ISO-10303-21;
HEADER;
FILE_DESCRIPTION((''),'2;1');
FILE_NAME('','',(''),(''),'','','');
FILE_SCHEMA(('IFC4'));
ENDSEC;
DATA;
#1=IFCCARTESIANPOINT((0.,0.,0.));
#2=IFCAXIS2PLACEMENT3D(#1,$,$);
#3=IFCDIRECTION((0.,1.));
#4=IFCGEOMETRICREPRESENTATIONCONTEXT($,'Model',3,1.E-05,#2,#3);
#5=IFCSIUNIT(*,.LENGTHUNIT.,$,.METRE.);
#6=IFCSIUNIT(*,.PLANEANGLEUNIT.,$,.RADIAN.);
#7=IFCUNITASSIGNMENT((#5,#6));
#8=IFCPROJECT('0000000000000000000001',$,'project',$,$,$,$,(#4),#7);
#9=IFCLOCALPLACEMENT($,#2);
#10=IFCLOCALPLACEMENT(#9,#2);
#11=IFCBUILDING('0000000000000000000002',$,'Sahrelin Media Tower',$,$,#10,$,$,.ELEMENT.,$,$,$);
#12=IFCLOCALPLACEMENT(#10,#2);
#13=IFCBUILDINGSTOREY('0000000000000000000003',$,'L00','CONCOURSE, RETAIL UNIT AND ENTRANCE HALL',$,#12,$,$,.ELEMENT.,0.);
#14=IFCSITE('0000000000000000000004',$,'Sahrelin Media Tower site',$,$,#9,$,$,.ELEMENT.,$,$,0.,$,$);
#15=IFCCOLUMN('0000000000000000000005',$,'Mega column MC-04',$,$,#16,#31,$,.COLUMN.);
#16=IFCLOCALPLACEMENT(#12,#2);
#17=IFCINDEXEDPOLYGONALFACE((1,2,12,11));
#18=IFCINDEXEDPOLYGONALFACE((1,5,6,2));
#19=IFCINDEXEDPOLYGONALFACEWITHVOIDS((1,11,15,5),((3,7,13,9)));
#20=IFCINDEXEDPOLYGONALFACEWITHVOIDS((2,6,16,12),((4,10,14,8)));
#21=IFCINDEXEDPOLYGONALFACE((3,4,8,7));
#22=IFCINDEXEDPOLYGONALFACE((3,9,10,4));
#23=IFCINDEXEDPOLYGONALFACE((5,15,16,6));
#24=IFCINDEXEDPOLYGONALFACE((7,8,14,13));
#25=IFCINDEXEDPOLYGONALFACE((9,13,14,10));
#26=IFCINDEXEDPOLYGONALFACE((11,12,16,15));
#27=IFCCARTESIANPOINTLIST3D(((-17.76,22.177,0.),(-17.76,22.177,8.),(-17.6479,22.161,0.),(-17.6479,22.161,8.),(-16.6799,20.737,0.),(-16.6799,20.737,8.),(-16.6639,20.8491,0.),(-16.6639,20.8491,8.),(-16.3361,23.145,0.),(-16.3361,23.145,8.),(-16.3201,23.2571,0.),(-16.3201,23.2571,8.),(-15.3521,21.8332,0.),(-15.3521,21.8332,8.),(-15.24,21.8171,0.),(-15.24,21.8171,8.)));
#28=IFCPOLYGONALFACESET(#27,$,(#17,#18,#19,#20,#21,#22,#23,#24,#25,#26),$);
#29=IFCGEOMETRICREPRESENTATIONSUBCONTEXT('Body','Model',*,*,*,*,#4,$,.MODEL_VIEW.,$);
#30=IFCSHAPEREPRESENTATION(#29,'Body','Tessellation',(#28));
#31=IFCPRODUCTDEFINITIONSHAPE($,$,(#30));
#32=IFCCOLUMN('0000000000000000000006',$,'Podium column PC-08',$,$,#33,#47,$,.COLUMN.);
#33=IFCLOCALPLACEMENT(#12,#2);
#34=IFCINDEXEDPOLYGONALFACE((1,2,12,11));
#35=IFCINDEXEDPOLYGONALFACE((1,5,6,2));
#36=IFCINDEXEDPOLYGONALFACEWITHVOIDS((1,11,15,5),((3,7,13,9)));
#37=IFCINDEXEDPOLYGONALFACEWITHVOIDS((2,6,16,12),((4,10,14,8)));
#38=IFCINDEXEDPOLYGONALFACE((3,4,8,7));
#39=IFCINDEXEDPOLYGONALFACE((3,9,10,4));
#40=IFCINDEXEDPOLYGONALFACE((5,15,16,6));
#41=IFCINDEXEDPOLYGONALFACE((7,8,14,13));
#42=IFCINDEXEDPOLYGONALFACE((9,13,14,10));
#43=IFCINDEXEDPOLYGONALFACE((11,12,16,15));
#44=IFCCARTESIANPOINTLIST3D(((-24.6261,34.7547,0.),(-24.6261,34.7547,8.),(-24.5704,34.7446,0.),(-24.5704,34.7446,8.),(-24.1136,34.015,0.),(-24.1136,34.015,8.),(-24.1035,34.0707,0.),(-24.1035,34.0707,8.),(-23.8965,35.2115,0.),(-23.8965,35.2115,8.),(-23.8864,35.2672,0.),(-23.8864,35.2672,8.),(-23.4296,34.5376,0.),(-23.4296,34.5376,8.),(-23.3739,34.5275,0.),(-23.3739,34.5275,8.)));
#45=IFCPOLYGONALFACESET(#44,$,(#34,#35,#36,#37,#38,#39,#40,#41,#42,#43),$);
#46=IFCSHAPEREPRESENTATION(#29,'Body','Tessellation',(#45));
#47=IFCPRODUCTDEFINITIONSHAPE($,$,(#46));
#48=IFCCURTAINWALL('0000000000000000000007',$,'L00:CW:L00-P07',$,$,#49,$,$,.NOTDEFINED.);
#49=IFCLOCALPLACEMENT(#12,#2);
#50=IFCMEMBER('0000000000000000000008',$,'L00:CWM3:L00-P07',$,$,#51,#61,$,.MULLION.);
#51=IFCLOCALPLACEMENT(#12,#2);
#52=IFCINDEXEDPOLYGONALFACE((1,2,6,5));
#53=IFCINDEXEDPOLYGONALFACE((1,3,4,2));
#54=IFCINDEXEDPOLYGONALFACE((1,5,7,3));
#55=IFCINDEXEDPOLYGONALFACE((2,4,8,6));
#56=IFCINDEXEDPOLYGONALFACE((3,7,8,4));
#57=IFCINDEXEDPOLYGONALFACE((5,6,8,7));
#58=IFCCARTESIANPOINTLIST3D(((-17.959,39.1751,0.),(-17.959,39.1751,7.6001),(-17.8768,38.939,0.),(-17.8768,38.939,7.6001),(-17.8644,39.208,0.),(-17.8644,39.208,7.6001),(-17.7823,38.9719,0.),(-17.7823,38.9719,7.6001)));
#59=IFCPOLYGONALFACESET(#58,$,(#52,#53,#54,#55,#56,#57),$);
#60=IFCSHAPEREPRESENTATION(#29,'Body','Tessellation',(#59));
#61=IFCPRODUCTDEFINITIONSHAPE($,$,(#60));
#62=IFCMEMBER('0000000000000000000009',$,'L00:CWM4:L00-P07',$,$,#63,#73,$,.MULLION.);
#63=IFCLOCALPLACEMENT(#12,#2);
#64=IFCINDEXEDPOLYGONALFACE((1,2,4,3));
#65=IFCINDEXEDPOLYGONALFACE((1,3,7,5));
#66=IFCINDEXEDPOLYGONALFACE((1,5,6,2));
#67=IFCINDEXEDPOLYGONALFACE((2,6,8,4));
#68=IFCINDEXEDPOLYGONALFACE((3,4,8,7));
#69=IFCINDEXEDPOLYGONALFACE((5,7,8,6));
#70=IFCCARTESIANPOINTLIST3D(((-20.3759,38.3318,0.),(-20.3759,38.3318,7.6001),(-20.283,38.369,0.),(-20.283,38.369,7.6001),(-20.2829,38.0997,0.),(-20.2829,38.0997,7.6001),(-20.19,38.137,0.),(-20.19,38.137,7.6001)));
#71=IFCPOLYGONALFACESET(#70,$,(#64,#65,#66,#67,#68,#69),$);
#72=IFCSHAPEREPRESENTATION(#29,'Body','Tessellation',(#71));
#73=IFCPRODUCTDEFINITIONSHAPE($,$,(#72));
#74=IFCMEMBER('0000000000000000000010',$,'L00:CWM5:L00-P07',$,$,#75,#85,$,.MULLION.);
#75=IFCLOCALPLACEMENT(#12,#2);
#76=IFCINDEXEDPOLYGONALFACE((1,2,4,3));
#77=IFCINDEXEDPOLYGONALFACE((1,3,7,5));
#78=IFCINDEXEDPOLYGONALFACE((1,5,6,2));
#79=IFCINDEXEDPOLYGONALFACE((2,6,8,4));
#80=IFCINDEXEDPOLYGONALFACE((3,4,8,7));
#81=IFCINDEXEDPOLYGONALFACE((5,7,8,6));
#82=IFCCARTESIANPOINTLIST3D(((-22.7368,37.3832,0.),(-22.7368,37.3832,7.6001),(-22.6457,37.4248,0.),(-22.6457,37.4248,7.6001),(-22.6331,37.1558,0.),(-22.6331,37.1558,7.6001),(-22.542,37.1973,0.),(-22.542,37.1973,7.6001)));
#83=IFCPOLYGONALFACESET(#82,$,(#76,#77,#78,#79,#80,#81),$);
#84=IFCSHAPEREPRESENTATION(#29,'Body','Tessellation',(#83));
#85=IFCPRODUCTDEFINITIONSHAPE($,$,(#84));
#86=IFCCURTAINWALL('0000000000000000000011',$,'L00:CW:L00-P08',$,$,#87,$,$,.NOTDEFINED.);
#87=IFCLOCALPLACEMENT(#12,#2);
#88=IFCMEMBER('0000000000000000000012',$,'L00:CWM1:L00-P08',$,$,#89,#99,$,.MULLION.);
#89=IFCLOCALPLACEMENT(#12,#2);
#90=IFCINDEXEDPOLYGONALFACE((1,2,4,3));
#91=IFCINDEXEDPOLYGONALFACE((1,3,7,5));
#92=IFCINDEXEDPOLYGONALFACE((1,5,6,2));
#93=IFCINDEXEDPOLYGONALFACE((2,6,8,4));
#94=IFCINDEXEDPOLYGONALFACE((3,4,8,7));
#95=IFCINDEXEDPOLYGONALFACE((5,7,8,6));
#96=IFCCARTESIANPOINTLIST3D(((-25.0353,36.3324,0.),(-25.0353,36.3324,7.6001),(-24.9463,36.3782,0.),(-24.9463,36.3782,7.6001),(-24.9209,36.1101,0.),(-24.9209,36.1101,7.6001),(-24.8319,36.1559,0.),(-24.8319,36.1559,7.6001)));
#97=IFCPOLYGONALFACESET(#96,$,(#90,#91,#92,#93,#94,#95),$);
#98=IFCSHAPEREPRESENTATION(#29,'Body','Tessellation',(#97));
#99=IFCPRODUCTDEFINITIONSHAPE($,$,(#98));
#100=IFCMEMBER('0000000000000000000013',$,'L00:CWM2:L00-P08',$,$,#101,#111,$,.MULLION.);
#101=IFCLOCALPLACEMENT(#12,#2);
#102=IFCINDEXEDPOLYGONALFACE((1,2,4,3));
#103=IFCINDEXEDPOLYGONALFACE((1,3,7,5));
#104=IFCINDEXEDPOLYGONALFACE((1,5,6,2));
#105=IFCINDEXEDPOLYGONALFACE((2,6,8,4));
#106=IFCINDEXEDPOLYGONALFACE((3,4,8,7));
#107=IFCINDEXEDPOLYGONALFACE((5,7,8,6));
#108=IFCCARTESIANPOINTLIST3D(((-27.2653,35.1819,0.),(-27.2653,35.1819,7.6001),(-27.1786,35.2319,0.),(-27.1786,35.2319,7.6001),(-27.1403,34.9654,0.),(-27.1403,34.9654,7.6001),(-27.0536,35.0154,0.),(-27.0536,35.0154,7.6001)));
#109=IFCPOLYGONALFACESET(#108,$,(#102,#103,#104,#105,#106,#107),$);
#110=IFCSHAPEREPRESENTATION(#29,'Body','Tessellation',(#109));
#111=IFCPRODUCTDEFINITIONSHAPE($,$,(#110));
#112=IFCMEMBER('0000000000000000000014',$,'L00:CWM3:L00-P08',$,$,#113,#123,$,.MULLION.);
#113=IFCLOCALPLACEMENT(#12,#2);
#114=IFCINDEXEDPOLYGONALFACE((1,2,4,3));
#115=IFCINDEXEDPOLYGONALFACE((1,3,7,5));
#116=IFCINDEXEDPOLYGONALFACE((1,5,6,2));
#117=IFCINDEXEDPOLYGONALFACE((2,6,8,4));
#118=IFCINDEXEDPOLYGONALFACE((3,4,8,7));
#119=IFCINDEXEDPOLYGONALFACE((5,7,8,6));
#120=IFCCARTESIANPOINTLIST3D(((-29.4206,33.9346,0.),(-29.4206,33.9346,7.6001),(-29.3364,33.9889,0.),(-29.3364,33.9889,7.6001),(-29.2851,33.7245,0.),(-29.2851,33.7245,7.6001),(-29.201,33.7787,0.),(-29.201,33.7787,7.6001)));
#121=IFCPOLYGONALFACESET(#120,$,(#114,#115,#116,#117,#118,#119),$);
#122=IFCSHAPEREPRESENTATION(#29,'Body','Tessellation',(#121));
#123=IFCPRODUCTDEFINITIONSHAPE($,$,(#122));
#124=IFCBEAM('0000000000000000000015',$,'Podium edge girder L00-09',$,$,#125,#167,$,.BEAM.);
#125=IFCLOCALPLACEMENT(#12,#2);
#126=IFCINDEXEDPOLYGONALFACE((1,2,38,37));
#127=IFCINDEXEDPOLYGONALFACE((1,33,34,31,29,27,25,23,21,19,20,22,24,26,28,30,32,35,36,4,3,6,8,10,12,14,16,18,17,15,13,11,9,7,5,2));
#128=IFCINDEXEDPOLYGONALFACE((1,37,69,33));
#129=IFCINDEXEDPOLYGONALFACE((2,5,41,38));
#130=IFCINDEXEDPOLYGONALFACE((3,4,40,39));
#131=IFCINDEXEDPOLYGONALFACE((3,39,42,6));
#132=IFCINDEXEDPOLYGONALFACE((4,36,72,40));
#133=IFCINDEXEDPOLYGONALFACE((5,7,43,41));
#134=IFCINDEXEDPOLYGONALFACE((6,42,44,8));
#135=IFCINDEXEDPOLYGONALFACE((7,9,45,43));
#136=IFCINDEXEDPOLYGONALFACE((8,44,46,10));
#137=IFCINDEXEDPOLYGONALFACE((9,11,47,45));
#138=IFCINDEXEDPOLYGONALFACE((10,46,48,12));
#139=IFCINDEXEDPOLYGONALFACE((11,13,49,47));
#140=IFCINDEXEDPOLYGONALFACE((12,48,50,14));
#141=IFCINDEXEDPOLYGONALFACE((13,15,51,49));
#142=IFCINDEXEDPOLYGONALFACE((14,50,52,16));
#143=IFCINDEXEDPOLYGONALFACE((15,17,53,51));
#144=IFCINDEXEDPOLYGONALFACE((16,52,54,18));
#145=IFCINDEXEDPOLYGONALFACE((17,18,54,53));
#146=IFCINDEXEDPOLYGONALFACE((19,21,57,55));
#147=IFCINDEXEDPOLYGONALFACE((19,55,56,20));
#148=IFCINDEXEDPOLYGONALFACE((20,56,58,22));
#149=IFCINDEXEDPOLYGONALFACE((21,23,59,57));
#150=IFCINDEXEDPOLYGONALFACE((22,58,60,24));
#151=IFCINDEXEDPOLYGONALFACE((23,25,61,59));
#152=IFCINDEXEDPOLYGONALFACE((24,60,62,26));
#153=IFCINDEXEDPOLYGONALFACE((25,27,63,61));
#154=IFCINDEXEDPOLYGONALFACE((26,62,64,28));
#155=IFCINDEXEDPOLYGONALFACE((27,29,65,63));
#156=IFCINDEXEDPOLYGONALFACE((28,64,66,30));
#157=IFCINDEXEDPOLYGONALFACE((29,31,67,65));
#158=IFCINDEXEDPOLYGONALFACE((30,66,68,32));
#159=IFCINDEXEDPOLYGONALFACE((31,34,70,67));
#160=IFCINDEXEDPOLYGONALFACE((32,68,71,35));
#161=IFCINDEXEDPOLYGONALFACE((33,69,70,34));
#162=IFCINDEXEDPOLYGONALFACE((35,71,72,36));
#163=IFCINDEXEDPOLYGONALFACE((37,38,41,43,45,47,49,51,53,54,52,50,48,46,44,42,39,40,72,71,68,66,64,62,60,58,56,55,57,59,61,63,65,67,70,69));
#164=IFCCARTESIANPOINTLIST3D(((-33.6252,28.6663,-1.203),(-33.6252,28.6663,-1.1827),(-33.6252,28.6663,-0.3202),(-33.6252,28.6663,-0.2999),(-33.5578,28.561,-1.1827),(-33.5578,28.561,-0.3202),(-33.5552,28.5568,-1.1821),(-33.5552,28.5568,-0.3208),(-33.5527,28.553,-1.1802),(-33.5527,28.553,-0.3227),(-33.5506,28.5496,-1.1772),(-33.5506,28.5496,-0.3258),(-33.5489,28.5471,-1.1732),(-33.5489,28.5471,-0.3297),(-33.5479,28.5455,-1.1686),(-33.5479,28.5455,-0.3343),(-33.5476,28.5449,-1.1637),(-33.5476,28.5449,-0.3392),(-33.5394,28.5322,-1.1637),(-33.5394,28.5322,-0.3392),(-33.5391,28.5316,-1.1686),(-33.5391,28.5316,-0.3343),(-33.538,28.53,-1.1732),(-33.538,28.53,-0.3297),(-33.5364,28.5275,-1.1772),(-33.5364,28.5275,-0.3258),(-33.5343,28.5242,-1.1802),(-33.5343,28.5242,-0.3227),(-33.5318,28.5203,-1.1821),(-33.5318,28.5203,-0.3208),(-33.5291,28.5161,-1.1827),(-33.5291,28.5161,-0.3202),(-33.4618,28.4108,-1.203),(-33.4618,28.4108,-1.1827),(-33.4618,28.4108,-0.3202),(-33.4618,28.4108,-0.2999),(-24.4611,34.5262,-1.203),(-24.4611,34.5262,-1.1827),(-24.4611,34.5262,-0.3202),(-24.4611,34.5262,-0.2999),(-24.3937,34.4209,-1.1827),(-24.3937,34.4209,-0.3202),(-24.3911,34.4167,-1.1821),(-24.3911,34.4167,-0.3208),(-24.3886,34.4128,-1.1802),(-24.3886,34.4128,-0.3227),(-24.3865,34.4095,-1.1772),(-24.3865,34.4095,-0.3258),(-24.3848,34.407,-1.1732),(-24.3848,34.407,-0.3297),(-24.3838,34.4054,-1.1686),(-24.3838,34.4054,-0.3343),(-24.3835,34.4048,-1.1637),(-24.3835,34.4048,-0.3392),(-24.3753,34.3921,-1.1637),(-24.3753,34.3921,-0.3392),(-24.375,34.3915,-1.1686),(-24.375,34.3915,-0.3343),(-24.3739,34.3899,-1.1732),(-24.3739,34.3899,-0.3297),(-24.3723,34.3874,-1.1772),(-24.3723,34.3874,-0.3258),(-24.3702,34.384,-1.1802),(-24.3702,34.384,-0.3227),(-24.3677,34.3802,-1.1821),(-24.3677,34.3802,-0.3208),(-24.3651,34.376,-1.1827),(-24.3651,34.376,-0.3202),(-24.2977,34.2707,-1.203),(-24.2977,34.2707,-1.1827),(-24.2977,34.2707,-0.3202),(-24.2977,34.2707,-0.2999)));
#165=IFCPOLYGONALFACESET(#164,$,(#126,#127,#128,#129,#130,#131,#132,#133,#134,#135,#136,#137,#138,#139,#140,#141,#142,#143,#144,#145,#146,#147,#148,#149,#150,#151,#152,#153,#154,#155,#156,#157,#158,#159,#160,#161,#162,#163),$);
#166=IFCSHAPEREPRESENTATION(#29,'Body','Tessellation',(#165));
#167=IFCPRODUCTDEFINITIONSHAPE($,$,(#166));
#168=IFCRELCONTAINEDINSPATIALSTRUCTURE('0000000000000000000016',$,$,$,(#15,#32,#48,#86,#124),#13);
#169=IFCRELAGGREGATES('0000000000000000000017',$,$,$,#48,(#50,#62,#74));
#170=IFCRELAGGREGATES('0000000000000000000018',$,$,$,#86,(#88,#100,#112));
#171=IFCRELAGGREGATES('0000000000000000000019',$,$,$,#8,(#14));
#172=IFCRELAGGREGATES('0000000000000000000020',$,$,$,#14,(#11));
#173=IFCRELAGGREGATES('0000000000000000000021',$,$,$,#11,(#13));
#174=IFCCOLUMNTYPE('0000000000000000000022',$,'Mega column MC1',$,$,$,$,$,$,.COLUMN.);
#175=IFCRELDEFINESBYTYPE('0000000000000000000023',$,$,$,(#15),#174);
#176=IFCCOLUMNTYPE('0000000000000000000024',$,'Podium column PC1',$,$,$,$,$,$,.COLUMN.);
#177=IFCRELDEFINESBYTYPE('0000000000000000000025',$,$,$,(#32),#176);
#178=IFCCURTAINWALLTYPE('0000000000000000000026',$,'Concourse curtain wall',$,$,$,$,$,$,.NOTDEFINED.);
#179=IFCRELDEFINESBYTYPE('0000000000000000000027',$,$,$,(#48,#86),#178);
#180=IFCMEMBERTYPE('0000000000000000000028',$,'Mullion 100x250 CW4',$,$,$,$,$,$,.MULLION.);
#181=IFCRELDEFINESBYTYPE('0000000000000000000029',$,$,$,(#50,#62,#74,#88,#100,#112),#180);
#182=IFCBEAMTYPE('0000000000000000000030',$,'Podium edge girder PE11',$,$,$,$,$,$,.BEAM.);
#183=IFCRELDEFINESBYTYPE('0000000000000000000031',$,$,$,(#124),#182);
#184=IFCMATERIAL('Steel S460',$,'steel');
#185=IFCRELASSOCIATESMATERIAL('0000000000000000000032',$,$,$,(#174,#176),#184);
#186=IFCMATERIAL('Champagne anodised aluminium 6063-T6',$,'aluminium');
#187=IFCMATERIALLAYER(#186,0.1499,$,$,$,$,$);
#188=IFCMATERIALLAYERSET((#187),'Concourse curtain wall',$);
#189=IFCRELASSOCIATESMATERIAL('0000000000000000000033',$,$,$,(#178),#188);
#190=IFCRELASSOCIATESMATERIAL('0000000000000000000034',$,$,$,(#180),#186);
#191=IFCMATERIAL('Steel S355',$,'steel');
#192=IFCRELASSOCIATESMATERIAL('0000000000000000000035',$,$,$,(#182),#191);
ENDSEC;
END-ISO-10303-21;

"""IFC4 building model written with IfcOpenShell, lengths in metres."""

from ifc_helpers import new_model, si_unit, direction, frame, origin, origin_2d, place, context, subcontext, project, spatial, rectangle, hollow_rectangle, i_section, extrude, material, layer, layer_set, material_profile, profile_set, type_object, element, aggregate, save


model = new_model("IFC4")

# Units and contexts
model_context = context("Model", 3, precision=1e-05, world=origin(), true_north=direction((0.0, 1.0)))
body_context = subcontext(model_context, "Body", "Model", "MODEL_VIEW")
ifc_project = project(units=[si_unit("LENGTHUNIT", "METRE"), si_unit("PLANEANGLEUNIT", "RADIAN")], contexts=[model_context])

# Site, building, storey
site_placement = place(None, origin())
site = spatial("IfcSite", under=ifc_project, at=site_placement, Name="Sahrelin Media Tower site", CompositionType="ELEMENT", RefElevation=0.0)
building_placement = place(site_placement, origin())
building = spatial("IfcBuilding", under=site, at=building_placement, Name="Sahrelin Media Tower", CompositionType="ELEMENT")
storey_placement = place(building_placement, origin())
storey = spatial("IfcBuildingStorey", under=building, at=storey_placement, Name="L00", Description="CONCOURSE, RETAIL UNIT AND ENTRANCE HALL", CompositionType="ELEMENT", Elevation=0.0)

# Columns
ifc_material_1 = material(Name="Steel S460", Category="steel")
ifc_material_profile_1 = material_profile(ifc_material_1, hollow_rectangle(XDim=1.8, YDim=1.8, WallThickness=0.0801, at=origin_2d()), Name="Mega column MC1")
ifc_profile_set_1 = profile_set([ifc_material_profile_1], Name="Steel S460")
column_type_1 = type_object("IfcColumnType", Name="Mega column MC1", PredefinedType="COLUMN", material=ifc_profile_set_1)
column_1_placement = place(storey_placement, frame((-16.5, 21.9971, 0.0), z_axis=(0.0, 0.0, 1.0), x_axis=(-0.600052, 0.799961, 0.0)))
element("IfcColumn", 1, at=column_1_placement, inside=storey, type_object=column_type_1, Name="Mega column MC-04", PredefinedType="COLUMN", context=body_context, shape_type="SweptSolid", body=[
    extrude(hollow_rectangle(XDim=1.8, YDim=1.8, WallThickness=0.0801, at=origin_2d()), origin(), (0.0, 0.0, 1.0), 8.0),
])
ifc_material_profile_2 = material_profile(ifc_material_1, hollow_rectangle(XDim=0.8999, YDim=0.8999, WallThickness=0.04, at=origin_2d()), Name="Podium column PC1")
ifc_profile_set_2 = profile_set([ifc_material_profile_2], Name="Steel S460")
column_type_2 = type_object("IfcColumnType", Name="Podium column PC1", PredefinedType="COLUMN", material=ifc_profile_set_2)
column_2_placement = place(storey_placement, frame((-24.0, 34.6411, 0.0), z_axis=(0.0, 0.0, 1.0), x_axis=(-0.569495, 0.821995, 0.0)))
element("IfcColumn", 2, at=column_2_placement, inside=storey, type_object=column_type_2, Name="Podium column PC-08", PredefinedType="COLUMN", context=body_context, shape_type="SweptSolid", body=[
    extrude(hollow_rectangle(XDim=0.8999, YDim=0.8999, WallThickness=0.04, at=origin_2d()), origin(), (0.0, 0.0, 1.0), 8.0),
])

# Curtain walls, members
ifc_material_2 = material(Name="Champagne anodised aluminium 6063-T6", Category="aluminium")
ifc_layer_1 = layer(ifc_material_2, 0.1499)
ifc_layer_set_1 = layer_set([ifc_layer_1], Name="Concourse curtain wall")
curtain_wall_type = type_object("IfcCurtainWallType", Name="Concourse curtain wall", PredefinedType="NOTDEFINED", material=ifc_layer_set_1)
curtain_wall_1_placement = place(storey_placement, frame((-12.9409, 40.5688, 0.0), z_axis=(0.0, 0.0, 1.0), x_axis=(1.0, 0.0, 0.0)))
curtain_wall_1 = element("IfcCurtainWall", 3, at=curtain_wall_1_placement, inside=storey, type_object=curtain_wall_type, Name="L00:CW:L00-P07", PredefinedType="NOTDEFINED")
ifc_material_profile_3 = material_profile(ifc_material_2, rectangle(XDim=0.1001, YDim=0.25, at=origin_2d()), Name="Mullion 100x250")
ifc_profile_set_3 = profile_set([ifc_material_profile_3], Name="Champagne anodised aluminium 6063-T6")
member_type_1 = type_object("IfcMemberType", Name="Mullion 100x250 CW4", PredefinedType="MULLION", material=ifc_profile_set_3)
member_1_placement = place(storey_placement, frame((-17.8706, 39.0735, 0.0), z_axis=(0.0, 0.0, 1.0), x_axis=(-0.944458, -0.328631, 0.0)))
member_1 = element("IfcMember", 4, at=member_1_placement, type_object=member_type_1, Name="L00:CWM3:L00-P07", PredefinedType="MULLION", context=body_context, shape_type="SweptSolid", body=[
    extrude(rectangle(XDim=0.1001, YDim=0.25, at=origin_2d()), origin(), (0.0, 0.0, 1.0), 7.6001),
])
member_2_placement = place(storey_placement, frame((-20.283, 38.2344, 0.0), z_axis=(0.0, 0.0, 1.0), x_axis=(-0.92827, -0.371906, 0.0)))
member_2 = element("IfcMember", 5, at=member_2_placement, type_object=member_type_1, Name="L00:CWM4:L00-P07", PredefinedType="MULLION", context=body_context, shape_type="SweptSolid", body=[
    extrude(rectangle(XDim=0.1001, YDim=0.25, at=origin_2d()), origin(), (0.0, 0.0, 1.0), 7.6001),
])
member_3_placement = place(storey_placement, frame((-22.6394, 37.2903, 0.0), z_axis=(0.0, 0.0, 1.0), x_axis=(-0.909842, -0.414955, 0.0)))
member_3 = element("IfcMember", 6, at=member_3_placement, type_object=member_type_1, Name="L00:CWM5:L00-P07", PredefinedType="MULLION", context=body_context, shape_type="SweptSolid", body=[
    extrude(rectangle(XDim=0.1001, YDim=0.25, at=origin_2d()), origin(), (0.0, 0.0, 1.0), 7.6001),
])
curtain_wall_2_placement = place(storey_placement, frame((-25.0, 36.373, 0.0), z_axis=(0.0, 0.0, 1.0), x_axis=(1.0, 0.0, 0.0)))
curtain_wall_2 = element("IfcCurtainWall", 7, at=curtain_wall_2_placement, inside=storey, type_object=curtain_wall_type, Name="L00:CW:L00-P08", PredefinedType="NOTDEFINED")
member_4_placement = place(storey_placement, frame((-24.9336, 36.2441, 0.0), z_axis=(0.0, 0.0, 1.0), x_axis=(-0.889123, -0.457668, 0.0)))
member_4 = element("IfcMember", 8, at=member_4_placement, type_object=member_type_1, Name="L00:CWM1:L00-P08", PredefinedType="MULLION", context=body_context, shape_type="SweptSolid", body=[
    extrude(rectangle(XDim=0.1001, YDim=0.25, at=origin_2d()), origin(), (0.0, 0.0, 1.0), 7.6001),
])
member_5_placement = place(storey_placement, frame((-27.1594, 35.0986, 0.0), z_axis=(0.0, 0.0, 1.0), x_axis=(-0.866029, -0.499994, 0.0)))
member_5 = element("IfcMember", 9, at=member_5_placement, type_object=member_type_1, Name="L00:CWM2:L00-P08", PredefinedType="MULLION", context=body_context, shape_type="SweptSolid", body=[
    extrude(rectangle(XDim=0.1001, YDim=0.25, at=origin_2d()), origin(), (0.0, 0.0, 1.0), 7.6001),
])
member_6_placement = place(storey_placement, frame((-29.3108, 33.8567, 0.0), z_axis=(0.0, 0.0, 1.0), x_axis=(-0.840519, -0.541782, 0.0)))
member_6 = element("IfcMember", 10, at=member_6_placement, type_object=member_type_1, Name="L00:CWM3:L00-P08", PredefinedType="MULLION", context=body_context, shape_type="SweptSolid", body=[
    extrude(rectangle(XDim=0.1001, YDim=0.25, at=origin_2d()), origin(), (0.0, 0.0, 1.0), 7.6001),
])

# Beam
ifc_material_3 = material(Name="Steel S355", Category="steel")
ifc_material_profile_4 = material_profile(ifc_material_3, i_section(OverallWidth=0.3032, OverallDepth=0.9031, WebThickness=0.0151, FlangeThickness=0.0203, FilletRadius=0.019, at=origin_2d()), Name="UB 914x305x201")
ifc_profile_set_4 = profile_set([ifc_material_profile_4], Name="Steel S355")
beam_type_1 = type_object("IfcBeamType", Name="Podium edge girder PE11", PredefinedType="BEAM", material=ifc_profile_set_4)
beam_1_placement = place(storey_placement, frame((-24.3794, 34.3984, -0.7515), z_axis=(-0.842486, -0.538719, 0.0), x_axis=(0.538719, -0.842486, 0.0)))
element("IfcBeam", 11, at=beam_1_placement, inside=storey, type_object=beam_type_1, Name="Podium edge girder L00-09", PredefinedType="BEAM", context=body_context, shape_type="SweptSolid", body=[
    extrude(i_section(OverallWidth=0.3032, OverallDepth=0.9031, WebThickness=0.0151, FlangeThickness=0.0203, FilletRadius=0.019, at=origin_2d()), origin(), (0.0, 0.0, 1.0), 10.8774),
])

aggregate(curtain_wall_1, [member_1, member_2, member_3])
aggregate(curtain_wall_2, [member_4, member_5, member_6])

save(model, "model.ifc")
